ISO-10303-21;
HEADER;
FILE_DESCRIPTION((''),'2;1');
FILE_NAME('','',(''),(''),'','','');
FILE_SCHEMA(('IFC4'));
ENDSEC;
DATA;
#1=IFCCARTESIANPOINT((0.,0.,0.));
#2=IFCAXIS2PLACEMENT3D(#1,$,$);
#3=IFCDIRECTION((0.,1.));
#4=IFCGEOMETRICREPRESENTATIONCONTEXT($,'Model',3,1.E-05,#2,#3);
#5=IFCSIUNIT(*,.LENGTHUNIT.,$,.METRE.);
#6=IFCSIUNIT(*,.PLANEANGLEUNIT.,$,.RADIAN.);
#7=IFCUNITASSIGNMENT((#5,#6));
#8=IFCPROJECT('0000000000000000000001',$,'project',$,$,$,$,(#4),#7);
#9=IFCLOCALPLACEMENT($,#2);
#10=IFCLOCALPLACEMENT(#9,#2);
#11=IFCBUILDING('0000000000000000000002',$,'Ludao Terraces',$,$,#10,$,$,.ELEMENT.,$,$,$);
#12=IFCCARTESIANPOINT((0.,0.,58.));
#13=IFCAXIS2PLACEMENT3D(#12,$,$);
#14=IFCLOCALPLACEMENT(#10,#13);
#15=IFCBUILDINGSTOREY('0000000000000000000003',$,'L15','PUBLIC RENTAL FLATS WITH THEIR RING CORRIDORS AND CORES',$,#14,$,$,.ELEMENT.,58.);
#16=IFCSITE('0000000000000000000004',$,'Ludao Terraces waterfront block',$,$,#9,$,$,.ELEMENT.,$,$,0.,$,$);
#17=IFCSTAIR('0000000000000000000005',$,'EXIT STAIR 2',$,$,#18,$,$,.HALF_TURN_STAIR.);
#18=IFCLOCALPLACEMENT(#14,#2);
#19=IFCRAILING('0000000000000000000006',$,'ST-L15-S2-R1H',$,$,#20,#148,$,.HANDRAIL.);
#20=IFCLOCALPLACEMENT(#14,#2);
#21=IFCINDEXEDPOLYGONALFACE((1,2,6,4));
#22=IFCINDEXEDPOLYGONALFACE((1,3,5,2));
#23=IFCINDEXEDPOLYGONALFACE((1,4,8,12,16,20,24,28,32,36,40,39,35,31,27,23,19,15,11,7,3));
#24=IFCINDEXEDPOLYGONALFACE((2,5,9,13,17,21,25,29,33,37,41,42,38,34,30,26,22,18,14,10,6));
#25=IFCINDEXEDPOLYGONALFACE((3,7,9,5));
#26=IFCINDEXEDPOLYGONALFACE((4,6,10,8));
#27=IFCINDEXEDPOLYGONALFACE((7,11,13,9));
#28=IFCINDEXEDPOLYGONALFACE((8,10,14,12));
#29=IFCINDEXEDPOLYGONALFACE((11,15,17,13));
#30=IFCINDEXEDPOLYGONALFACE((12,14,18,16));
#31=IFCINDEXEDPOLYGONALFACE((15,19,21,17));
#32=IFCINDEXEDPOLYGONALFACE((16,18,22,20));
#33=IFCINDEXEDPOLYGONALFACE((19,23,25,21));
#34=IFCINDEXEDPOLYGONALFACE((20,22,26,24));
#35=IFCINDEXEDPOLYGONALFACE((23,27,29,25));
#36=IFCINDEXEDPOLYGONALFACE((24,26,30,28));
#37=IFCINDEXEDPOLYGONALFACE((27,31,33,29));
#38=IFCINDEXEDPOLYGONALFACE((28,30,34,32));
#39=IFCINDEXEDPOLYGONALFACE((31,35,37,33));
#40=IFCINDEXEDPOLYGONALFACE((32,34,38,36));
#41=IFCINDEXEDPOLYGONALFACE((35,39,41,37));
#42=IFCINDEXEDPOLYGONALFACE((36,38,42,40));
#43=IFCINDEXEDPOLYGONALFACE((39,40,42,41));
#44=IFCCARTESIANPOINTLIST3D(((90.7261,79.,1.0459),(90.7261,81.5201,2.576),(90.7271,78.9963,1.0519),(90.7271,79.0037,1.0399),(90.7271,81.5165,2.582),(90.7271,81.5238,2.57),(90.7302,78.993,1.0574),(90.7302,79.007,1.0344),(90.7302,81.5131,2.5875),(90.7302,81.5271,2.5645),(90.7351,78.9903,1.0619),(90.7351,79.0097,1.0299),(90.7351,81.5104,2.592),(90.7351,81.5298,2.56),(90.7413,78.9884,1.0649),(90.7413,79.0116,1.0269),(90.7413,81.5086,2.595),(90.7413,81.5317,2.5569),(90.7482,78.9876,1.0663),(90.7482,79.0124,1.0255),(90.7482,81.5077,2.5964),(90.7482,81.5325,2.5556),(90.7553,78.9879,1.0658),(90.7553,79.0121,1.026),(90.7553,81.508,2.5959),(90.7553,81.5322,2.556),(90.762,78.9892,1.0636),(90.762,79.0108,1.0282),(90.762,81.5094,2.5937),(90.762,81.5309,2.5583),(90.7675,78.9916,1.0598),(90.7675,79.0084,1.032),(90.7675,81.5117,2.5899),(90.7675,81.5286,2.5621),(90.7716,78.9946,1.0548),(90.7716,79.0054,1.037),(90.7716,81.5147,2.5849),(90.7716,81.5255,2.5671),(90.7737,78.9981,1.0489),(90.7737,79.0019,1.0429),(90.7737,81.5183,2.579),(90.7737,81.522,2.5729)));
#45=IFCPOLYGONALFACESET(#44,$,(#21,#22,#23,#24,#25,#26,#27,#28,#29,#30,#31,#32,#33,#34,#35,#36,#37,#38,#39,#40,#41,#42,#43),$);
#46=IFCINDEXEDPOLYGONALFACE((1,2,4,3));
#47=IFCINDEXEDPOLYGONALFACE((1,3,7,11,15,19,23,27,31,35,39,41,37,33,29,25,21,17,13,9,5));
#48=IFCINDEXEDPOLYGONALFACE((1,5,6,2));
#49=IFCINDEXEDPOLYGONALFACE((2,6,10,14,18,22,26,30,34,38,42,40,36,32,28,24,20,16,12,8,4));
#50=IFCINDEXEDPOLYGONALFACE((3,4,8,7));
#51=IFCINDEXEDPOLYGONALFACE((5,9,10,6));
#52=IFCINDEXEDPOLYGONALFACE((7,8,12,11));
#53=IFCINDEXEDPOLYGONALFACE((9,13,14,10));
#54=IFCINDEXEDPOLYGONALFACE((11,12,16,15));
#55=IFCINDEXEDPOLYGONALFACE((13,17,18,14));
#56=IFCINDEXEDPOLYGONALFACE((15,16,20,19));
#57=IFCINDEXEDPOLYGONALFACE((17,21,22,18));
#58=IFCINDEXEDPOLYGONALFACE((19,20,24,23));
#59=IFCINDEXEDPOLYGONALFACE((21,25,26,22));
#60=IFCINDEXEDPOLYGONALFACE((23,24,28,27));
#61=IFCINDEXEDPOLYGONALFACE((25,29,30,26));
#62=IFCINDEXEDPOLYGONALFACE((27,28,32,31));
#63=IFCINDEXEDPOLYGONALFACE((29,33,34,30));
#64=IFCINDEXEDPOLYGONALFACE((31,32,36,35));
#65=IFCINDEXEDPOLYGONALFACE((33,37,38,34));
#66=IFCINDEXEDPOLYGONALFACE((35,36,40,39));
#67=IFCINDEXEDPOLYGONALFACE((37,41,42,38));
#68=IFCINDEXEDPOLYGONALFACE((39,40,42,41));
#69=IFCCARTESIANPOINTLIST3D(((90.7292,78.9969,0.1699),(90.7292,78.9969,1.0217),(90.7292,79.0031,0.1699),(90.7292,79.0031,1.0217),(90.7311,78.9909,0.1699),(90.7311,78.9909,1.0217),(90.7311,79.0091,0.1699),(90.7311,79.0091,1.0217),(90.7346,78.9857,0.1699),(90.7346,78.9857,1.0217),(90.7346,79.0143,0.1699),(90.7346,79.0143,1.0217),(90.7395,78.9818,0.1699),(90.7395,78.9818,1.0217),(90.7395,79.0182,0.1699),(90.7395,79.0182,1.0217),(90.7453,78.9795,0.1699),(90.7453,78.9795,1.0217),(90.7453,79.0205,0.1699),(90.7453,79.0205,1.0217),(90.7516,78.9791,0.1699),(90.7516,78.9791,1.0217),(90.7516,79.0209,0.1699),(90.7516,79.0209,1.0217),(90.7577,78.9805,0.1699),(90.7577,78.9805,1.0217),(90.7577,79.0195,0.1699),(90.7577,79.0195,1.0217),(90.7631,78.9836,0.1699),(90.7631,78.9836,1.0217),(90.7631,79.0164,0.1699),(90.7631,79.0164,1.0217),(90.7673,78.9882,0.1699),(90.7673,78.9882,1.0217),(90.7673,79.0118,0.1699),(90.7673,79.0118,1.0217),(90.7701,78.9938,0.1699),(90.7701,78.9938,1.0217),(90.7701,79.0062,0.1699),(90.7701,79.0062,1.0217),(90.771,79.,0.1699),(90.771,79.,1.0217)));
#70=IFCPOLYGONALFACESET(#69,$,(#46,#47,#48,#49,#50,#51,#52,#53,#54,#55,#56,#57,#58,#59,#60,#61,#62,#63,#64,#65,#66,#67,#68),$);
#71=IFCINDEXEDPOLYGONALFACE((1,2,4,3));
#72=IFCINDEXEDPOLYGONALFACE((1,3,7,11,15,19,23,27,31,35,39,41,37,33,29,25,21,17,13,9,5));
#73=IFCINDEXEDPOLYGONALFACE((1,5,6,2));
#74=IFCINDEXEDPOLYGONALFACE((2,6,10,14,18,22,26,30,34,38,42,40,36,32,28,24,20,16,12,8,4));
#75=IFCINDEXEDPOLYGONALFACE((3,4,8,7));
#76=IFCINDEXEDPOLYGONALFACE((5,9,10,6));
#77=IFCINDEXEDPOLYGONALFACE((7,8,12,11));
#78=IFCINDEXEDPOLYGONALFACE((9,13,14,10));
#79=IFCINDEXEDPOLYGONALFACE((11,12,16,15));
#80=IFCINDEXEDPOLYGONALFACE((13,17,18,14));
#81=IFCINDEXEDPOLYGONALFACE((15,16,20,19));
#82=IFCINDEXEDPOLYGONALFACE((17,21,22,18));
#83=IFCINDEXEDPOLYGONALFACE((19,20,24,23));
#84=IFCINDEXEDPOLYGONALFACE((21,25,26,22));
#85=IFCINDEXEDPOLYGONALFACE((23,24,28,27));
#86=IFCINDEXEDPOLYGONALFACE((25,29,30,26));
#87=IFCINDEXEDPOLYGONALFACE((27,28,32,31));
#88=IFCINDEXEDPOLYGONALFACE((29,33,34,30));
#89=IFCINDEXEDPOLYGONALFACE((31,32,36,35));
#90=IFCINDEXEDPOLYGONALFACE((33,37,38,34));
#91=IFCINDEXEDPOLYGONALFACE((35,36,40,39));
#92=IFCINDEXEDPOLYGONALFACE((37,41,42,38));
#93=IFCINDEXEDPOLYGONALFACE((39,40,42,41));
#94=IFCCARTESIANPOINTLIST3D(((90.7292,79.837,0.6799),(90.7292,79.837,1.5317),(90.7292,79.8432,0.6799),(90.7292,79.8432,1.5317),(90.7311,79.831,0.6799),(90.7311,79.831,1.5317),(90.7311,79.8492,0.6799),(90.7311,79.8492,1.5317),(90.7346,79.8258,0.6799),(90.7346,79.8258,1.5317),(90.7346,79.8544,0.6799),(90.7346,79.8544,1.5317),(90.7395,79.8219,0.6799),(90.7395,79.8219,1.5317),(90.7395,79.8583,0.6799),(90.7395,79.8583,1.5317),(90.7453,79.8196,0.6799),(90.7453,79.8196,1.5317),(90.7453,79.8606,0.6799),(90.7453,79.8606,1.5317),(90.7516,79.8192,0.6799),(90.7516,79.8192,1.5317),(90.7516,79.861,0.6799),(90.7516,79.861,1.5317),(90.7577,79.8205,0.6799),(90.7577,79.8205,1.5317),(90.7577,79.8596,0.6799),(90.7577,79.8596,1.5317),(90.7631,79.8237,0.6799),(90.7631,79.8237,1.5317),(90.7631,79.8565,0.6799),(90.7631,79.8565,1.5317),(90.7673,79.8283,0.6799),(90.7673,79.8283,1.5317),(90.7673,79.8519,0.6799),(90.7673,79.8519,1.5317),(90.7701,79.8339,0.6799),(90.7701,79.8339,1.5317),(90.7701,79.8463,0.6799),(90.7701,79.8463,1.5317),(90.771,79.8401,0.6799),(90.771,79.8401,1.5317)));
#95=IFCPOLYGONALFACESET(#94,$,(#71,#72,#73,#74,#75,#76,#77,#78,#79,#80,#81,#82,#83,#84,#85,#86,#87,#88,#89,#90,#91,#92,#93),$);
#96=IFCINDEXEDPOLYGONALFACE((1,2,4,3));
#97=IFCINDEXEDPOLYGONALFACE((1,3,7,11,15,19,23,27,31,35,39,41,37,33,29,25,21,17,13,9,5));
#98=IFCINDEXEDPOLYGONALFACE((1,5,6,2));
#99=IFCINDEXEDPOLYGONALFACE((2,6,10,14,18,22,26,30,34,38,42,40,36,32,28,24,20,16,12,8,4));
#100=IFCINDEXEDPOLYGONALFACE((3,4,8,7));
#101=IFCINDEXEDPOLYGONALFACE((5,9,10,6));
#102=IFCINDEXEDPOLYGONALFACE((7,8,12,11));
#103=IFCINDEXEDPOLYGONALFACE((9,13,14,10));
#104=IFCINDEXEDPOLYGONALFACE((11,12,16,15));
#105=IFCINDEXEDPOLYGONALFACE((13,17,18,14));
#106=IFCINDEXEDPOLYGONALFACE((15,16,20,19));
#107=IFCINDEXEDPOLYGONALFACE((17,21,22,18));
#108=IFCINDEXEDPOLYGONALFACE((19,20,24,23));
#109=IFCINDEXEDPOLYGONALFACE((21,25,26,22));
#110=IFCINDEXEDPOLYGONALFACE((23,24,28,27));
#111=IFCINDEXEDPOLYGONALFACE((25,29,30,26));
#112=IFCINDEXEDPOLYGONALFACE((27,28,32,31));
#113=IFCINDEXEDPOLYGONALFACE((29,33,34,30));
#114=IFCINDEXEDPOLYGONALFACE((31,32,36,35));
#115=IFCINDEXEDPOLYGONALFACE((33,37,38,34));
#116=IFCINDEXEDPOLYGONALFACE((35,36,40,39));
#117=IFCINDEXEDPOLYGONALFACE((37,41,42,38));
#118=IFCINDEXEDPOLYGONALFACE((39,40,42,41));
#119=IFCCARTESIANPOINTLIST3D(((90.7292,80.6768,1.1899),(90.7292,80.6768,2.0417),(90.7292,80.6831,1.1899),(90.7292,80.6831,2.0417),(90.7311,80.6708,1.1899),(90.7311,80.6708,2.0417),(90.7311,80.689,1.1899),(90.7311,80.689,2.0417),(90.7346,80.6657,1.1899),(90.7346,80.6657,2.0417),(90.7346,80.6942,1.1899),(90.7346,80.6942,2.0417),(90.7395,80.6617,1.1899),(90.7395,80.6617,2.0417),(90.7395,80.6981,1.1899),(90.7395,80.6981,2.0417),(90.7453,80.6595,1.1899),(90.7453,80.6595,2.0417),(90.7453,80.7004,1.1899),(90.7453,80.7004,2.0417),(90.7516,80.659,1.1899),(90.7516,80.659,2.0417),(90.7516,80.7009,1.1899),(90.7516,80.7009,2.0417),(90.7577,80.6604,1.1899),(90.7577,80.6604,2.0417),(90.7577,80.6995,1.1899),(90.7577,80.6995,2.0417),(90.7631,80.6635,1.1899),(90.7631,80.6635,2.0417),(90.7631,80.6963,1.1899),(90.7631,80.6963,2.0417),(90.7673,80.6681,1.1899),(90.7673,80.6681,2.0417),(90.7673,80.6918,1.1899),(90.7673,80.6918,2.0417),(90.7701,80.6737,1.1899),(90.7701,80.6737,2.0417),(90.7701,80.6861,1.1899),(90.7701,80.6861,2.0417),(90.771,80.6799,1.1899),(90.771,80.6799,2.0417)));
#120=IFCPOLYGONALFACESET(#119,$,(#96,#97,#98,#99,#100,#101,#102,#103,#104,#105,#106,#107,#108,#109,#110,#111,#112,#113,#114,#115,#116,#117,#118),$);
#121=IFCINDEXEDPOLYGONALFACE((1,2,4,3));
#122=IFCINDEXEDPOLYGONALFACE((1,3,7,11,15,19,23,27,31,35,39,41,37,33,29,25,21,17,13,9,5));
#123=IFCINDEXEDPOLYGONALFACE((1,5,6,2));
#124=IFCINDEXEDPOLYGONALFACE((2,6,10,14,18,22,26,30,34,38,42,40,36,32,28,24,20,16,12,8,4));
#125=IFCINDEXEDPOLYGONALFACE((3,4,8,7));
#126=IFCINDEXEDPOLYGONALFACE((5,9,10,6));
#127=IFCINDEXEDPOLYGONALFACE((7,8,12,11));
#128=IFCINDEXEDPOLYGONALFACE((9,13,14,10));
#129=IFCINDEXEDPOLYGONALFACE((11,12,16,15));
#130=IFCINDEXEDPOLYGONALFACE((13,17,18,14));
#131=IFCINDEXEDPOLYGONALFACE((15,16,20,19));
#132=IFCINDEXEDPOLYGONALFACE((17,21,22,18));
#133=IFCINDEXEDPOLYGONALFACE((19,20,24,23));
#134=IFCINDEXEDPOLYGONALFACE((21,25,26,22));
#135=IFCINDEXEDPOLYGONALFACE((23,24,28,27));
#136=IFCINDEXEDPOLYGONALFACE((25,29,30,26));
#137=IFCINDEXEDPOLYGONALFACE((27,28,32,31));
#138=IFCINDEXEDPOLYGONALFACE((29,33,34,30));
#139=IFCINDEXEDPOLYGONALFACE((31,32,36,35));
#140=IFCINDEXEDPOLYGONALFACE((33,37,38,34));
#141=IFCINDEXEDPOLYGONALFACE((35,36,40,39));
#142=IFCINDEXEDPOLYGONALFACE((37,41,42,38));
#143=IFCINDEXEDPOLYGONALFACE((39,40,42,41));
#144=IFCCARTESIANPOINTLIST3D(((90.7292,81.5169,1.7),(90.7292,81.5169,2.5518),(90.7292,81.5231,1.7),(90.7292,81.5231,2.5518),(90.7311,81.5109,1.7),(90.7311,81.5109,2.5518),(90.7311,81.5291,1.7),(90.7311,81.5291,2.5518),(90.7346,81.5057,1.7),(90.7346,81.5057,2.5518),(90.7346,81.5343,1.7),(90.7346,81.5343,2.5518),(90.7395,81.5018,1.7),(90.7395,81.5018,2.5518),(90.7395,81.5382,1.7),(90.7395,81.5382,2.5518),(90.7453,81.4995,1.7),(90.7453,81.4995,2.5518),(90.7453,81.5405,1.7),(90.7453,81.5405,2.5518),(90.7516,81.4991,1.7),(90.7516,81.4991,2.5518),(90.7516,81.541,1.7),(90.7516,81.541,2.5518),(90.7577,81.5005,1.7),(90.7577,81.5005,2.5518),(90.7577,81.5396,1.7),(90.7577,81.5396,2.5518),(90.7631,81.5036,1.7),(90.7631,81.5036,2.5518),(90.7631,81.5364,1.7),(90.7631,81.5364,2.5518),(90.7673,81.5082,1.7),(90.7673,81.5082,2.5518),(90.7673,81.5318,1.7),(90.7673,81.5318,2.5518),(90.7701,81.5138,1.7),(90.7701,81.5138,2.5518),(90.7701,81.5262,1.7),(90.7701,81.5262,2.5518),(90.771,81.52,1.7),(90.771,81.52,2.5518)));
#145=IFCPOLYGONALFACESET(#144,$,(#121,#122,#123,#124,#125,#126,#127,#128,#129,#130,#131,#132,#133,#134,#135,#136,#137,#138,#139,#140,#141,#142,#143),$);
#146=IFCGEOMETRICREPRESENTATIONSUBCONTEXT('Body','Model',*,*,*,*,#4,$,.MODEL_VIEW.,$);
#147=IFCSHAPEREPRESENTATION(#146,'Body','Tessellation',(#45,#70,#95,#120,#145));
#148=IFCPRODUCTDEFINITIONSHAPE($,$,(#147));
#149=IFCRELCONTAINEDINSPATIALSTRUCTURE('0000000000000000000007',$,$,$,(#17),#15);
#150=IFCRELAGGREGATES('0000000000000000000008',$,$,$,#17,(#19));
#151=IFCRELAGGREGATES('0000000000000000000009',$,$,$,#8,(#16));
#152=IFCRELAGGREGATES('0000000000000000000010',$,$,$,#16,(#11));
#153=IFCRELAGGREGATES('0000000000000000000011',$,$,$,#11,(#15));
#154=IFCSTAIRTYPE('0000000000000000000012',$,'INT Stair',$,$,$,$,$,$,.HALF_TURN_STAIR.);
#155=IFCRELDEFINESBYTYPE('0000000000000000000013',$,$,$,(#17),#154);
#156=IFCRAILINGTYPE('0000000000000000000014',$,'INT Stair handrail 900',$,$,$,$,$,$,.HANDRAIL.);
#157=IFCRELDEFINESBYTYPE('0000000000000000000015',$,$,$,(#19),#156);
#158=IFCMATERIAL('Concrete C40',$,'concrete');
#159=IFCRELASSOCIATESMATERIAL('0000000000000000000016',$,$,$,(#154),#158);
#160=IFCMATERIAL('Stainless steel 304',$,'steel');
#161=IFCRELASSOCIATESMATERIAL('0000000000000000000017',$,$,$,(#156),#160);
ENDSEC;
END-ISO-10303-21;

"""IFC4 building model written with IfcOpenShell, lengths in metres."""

from ifc_helpers import new_model, si_unit, direction, frame, origin, origin_2d, place, context, subcontext, project, spatial, circle, extrude, material, type_object, element, aggregate, save


model = new_model("IFC4")

# Units and contexts
model_context = context("Model", 3, precision=1e-05, world=origin(), true_north=direction((0.0, 1.0)))
body_context = subcontext(model_context, "Body", "Model", "MODEL_VIEW")
ifc_project = project(units=[si_unit("LENGTHUNIT", "METRE"), si_unit("PLANEANGLEUNIT", "RADIAN")], contexts=[model_context])

# Site, building, storey
site_placement = place(None, origin())
site = spatial("IfcSite", under=ifc_project, at=site_placement, Name="Ludao Terraces waterfront block", CompositionType="ELEMENT", RefElevation=0.0)
building_placement = place(site_placement, origin())
building = spatial("IfcBuilding", under=site, at=building_placement, Name="Ludao Terraces", CompositionType="ELEMENT")
storey_placement = place(building_placement, frame((0.0, 0.0, 58.0)))
storey = spatial("IfcBuildingStorey", under=building, at=storey_placement, Name="L15", Description="PUBLIC RENTAL FLATS WITH THEIR RING CORRIDORS AND CORES", CompositionType="ELEMENT", Elevation=58.0)

# Shared definitions
ifc_material_1 = material(Name="Stainless steel 304", Category="steel")

# Stair, railing
ifc_material_2 = material(Name="Concrete C40", Category="concrete")
stair_type = type_object("IfcStairType", Name="INT Stair", PredefinedType="HALF_TURN_STAIR", material=ifc_material_2)
stair_placement = place(storey_placement, origin())
stair = element("IfcStair", 1, at=stair_placement, inside=storey, type_object=stair_type, Name="EXIT STAIR 2", PredefinedType="HALF_TURN_STAIR")
railing_type_1 = type_object("IfcRailingType", Name="INT Stair handrail 900", PredefinedType="HANDRAIL", material=ifc_material_1)
railing_1_placement = place(storey_placement, frame((90.75, 79.0, 0.1699)))
railing_1 = element("IfcRailing", 2, at=railing_1_placement, type_object=railing_type_1, Name="ST-L15-S2-R1H", PredefinedType="HANDRAIL", context=body_context, shape_type="SweptSolid", body=[
    extrude(circle(Radius=0.0239, at=origin_2d()), frame((0.0, 0.0, 0.876), z_axis=(0.0, 0.854785, 0.518982), x_axis=(-1.0, 0.0, 0.0)), (0.0, 0.0, 1.0), 2.9482),
    extrude(circle(Radius=0.021, at=origin_2d()), origin(), (0.0, 0.0, 1.0), 0.8518),
    extrude(circle(Radius=0.021, at=origin_2d()), frame((0.0, 0.8401, 0.51)), (0.0, 0.0, 1.0), 0.8518),
    extrude(circle(Radius=0.021, at=origin_2d()), frame((0.0, 1.6799, 1.02)), (0.0, 0.0, 1.0), 0.8518),
    extrude(circle(Radius=0.021, at=origin_2d()), frame((0.0, 2.52, 1.53)), (0.0, 0.0, 1.0), 0.8518),
])
aggregate(stair, [railing_1])

save(model, "model.ifc")
